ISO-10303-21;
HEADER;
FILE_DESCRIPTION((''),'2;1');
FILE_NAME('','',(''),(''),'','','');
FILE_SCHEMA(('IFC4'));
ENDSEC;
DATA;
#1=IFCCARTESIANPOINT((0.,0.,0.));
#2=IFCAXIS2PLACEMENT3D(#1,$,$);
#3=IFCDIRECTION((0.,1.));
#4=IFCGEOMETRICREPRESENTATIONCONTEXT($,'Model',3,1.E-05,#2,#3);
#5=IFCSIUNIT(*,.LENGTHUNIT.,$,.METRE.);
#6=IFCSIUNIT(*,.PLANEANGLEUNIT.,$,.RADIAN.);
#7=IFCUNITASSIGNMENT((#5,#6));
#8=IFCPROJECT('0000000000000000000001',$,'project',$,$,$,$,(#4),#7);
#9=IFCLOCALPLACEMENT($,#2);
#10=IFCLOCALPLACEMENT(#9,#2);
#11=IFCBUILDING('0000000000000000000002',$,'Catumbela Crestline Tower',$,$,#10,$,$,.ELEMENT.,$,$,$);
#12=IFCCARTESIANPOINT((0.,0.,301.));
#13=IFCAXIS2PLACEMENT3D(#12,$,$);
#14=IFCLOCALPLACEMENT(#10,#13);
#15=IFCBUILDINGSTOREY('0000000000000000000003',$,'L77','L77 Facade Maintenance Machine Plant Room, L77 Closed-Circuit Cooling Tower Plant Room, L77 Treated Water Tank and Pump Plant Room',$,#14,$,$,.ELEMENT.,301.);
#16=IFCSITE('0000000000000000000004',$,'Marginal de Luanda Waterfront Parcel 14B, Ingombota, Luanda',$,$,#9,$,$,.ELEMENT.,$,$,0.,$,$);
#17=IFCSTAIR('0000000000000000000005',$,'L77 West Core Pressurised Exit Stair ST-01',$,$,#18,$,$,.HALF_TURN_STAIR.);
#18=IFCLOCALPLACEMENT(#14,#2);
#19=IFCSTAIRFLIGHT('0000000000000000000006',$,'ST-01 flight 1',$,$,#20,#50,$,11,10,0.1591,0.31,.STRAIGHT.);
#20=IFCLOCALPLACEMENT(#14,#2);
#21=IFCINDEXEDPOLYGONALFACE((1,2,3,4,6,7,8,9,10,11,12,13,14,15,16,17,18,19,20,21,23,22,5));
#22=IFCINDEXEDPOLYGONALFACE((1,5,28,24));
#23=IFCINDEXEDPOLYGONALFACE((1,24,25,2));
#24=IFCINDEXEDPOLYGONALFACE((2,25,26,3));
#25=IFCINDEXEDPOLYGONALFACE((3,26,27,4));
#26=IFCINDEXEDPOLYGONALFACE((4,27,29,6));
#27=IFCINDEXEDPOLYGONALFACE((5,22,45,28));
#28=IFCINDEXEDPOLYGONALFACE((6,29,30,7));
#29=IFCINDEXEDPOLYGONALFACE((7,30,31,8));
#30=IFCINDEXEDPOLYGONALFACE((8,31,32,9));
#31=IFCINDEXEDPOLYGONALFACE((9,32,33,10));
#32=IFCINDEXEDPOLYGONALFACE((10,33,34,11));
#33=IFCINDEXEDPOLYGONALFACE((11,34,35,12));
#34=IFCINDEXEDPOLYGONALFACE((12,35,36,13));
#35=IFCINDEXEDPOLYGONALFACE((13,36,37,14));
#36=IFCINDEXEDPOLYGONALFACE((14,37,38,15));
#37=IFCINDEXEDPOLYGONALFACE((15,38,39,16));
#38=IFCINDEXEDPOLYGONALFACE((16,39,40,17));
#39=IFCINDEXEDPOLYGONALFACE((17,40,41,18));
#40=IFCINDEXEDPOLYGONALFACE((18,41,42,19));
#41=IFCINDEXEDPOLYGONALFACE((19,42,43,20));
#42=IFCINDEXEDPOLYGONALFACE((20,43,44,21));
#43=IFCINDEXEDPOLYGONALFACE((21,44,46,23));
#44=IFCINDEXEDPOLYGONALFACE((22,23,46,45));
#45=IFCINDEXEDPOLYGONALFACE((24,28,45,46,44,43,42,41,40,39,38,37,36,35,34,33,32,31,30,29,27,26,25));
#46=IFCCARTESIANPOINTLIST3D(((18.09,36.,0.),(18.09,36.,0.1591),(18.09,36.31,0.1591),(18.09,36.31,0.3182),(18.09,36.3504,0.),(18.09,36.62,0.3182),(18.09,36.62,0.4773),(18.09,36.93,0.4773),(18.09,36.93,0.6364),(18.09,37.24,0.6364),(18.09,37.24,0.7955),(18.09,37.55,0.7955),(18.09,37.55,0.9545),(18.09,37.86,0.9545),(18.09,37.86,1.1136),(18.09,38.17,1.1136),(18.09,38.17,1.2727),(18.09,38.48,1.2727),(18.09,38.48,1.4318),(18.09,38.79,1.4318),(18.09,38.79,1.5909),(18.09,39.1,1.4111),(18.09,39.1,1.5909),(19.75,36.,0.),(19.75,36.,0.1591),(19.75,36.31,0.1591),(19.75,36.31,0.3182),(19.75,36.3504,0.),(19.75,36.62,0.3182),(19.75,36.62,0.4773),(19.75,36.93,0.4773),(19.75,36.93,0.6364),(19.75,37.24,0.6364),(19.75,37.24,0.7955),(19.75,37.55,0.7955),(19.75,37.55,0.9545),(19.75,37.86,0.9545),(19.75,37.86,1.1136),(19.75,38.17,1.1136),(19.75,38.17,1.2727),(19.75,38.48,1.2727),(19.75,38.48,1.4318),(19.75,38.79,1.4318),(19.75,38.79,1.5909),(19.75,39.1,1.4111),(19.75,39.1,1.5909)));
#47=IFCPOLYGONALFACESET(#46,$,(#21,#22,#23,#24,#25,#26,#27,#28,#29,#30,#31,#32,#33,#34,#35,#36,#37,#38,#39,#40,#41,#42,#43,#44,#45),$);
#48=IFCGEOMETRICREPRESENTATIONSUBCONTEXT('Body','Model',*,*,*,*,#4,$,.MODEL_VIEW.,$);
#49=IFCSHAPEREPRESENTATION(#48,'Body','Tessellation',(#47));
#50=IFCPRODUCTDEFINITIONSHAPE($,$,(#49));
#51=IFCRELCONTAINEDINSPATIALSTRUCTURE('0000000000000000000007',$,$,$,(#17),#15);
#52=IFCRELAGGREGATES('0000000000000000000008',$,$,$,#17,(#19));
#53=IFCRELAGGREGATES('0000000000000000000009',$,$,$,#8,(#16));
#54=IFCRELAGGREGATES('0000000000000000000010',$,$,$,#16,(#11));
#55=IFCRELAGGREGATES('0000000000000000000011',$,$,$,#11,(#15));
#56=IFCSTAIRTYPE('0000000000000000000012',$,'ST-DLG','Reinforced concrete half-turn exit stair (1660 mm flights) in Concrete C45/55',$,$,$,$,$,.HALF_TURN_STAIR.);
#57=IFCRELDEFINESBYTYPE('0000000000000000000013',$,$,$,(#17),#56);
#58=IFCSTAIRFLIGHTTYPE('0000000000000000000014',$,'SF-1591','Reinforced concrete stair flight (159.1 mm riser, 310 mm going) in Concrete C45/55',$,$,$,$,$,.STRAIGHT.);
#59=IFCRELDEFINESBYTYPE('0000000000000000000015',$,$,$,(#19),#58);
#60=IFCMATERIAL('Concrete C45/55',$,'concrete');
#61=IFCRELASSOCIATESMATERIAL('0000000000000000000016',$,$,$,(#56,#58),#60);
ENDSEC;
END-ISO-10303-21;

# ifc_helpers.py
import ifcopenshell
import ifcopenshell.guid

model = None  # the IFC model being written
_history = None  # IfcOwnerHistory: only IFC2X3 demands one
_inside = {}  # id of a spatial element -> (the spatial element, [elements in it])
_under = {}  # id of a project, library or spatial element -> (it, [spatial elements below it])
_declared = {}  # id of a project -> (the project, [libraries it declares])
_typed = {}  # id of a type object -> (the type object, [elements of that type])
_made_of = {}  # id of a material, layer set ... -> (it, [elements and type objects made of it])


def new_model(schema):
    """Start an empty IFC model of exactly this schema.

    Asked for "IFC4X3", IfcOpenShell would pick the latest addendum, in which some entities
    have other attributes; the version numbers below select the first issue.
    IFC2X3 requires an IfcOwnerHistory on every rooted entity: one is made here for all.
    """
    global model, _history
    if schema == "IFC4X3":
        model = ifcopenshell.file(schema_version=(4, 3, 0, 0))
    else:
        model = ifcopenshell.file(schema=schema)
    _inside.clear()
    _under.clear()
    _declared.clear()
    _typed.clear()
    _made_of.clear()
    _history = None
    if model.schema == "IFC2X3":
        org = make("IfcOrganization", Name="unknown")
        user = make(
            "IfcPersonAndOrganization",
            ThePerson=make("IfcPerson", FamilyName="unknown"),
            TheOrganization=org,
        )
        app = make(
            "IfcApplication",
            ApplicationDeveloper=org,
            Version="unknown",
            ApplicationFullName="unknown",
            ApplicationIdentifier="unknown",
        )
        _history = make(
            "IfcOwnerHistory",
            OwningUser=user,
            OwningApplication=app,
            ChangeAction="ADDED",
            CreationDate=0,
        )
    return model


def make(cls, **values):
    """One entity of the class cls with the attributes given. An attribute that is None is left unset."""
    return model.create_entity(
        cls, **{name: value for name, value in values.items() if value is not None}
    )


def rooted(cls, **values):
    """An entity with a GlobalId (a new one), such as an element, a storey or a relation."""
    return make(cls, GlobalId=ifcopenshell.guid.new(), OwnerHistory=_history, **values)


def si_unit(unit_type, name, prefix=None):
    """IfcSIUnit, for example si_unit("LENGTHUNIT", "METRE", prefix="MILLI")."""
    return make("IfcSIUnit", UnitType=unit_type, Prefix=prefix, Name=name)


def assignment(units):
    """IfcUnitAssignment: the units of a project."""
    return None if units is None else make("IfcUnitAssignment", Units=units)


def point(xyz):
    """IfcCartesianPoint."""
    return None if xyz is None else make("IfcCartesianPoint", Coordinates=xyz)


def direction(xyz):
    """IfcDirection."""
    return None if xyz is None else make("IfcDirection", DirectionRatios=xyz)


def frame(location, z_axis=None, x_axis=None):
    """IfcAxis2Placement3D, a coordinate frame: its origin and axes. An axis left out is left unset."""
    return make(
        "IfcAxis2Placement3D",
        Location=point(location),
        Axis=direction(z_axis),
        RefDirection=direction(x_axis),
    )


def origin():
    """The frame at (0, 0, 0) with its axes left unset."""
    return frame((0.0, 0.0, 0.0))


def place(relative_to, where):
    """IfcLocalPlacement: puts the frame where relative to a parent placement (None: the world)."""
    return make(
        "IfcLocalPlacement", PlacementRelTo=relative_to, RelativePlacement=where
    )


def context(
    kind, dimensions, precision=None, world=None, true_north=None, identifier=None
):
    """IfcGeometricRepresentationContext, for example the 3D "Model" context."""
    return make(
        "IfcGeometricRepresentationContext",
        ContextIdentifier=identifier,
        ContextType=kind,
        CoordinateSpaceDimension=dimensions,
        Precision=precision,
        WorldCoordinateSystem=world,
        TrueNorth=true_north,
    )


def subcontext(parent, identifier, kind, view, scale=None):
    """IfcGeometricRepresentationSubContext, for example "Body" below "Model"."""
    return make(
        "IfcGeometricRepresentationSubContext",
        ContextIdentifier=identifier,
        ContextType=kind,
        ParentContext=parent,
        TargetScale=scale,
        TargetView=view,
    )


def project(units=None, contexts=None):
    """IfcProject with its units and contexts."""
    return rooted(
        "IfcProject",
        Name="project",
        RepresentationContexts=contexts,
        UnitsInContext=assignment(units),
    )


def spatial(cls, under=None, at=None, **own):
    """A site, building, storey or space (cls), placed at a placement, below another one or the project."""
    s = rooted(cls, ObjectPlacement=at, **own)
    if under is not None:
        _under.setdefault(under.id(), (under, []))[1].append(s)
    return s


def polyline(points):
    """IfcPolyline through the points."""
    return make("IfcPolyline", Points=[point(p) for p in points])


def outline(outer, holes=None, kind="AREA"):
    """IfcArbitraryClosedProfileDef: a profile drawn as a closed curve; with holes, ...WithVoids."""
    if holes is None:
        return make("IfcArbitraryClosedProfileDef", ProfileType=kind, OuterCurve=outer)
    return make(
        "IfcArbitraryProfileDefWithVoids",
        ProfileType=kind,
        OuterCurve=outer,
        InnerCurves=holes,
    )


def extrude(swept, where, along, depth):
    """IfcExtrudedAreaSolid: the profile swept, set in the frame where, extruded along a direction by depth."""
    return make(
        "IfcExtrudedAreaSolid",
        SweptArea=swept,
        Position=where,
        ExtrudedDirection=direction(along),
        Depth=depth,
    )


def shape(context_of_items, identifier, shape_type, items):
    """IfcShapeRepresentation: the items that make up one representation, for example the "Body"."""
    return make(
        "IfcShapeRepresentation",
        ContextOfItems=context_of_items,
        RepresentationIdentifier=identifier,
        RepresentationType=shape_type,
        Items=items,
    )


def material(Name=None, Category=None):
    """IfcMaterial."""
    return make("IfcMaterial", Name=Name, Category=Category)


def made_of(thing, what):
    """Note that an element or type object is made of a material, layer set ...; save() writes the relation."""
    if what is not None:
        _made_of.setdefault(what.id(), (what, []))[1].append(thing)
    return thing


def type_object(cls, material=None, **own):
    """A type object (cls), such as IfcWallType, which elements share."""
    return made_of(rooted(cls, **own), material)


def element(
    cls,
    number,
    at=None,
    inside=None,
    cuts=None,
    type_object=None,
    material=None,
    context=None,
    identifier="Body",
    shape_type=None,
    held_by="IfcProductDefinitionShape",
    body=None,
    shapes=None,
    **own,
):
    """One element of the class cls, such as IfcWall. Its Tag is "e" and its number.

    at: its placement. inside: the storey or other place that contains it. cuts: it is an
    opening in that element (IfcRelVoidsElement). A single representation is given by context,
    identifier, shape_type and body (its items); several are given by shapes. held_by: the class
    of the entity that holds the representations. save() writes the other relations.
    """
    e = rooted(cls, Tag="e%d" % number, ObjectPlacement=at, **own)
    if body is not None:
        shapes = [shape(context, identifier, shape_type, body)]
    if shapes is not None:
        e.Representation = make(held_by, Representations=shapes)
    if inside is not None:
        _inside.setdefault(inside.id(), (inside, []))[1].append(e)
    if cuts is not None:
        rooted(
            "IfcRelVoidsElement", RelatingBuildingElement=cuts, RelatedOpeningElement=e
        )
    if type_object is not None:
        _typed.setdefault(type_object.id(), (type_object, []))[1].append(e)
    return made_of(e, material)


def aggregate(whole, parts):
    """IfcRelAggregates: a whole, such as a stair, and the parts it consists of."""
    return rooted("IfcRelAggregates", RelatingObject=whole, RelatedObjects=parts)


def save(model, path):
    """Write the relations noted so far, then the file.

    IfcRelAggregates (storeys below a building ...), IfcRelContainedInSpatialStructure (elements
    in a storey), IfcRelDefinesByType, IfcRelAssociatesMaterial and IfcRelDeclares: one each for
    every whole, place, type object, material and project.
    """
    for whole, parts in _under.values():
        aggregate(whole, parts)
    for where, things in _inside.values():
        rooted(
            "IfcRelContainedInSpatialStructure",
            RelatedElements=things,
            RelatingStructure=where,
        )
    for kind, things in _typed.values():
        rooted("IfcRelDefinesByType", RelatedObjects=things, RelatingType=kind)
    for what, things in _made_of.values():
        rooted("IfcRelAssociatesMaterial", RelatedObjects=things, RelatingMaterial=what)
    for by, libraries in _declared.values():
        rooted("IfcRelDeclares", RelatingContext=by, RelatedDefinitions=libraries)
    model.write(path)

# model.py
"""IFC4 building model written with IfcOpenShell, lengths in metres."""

from ifc_helpers import new_model, si_unit, direction, frame, origin, place, context, subcontext, project, spatial, polyline, outline, extrude, material, type_object, element, aggregate, save


model = new_model("IFC4")

# Units and contexts
model_context = context("Model", 3, precision=1e-05, world=origin(), true_north=direction((0.0, 1.0)))
body_context = subcontext(model_context, "Body", "Model", "MODEL_VIEW")
ifc_project = project(units=[si_unit("LENGTHUNIT", "METRE"), si_unit("PLANEANGLEUNIT", "RADIAN")], contexts=[model_context])

# Site, building, storey
site_placement = place(None, origin())
site = spatial("IfcSite", under=ifc_project, at=site_placement, Name="Marginal de Luanda Waterfront Parcel 14B, Ingombota, Luanda", CompositionType="ELEMENT", RefElevation=0.0)
building_placement = place(site_placement, origin())
building = spatial("IfcBuilding", under=site, at=building_placement, Name="Catumbela Crestline Tower", CompositionType="ELEMENT")
storey_placement = place(building_placement, frame((0.0, 0.0, 301.0)))
storey = spatial("IfcBuildingStorey", under=building, at=storey_placement, Name="L77", Description="L77 Facade Maintenance Machine Plant Room, L77 Closed-Circuit Cooling Tower Plant Room, L77 Treated Water Tank and Pump Plant Room", CompositionType="ELEMENT", Elevation=301.0)

# Stair, stair flight
ifc_material_1 = material(Name="Concrete C45/55", Category="concrete")
stair_type = type_object("IfcStairType", Name="ST-DLG", Description="Reinforced concrete half-turn exit stair (1660 mm flights) in Concrete C45/55", PredefinedType="HALF_TURN_STAIR", material=ifc_material_1)
stair_placement = place(storey_placement, origin())
stair = element("IfcStair", 1, at=stair_placement, inside=storey, type_object=stair_type, Name="L77 West Core Pressurised Exit Stair ST-01", PredefinedType="HALF_TURN_STAIR")
stair_flight_type = type_object("IfcStairFlightType", Name="SF-1591", Description="Reinforced concrete stair flight (159.1 mm riser, 310 mm going) in Concrete C45/55", PredefinedType="STRAIGHT", material=ifc_material_1)
stair_flight_placement = place(storey_placement, frame((18.92, 36.0, 0.0), z_axis=(0.0, 0.0, 1.0), x_axis=(0.0, 1.0, 0.0)))
stair_flight = element("IfcStairFlight", 2, at=stair_flight_placement, type_object=stair_flight_type, Name="ST-01 flight 1", NumberOfRisers=11, NumberOfTreads=10, PredefinedType="STRAIGHT", RiserHeight=0.1591, TreadLength=0.31, context=body_context, shape_type="SweptSolid", body=[
    extrude(outline(polyline([(0.0, 0.0), (0.0, 0.1591), (0.31, 0.1591), (0.31, 0.3182), (0.62, 0.3182), (0.62, 0.4773), (0.93, 0.4773), (0.93, 0.6364), (1.24, 0.6364), (1.24, 0.7955), (1.55, 0.7955), (1.55, 0.9545), (1.86, 0.9545), (1.86, 1.1136), (2.17, 1.1136), (2.17, 1.2727), (2.48, 1.2727), (2.48, 1.4318), (2.79, 1.4318), (2.79, 1.5909), (3.1, 1.5909), (3.1, 1.75), (3.1, 1.4111), (0.3504, 0.0), (0.0, 0.0)])), frame((0.0, 0.83, 0.0), z_axis=(0.0, -1.0, 0.0), x_axis=(1.0, 0.0, 0.0)), (0.0, 0.0, 1.0), 1.66),
])
aggregate(stair, [stair_flight])

save(model, "model.ifc")
